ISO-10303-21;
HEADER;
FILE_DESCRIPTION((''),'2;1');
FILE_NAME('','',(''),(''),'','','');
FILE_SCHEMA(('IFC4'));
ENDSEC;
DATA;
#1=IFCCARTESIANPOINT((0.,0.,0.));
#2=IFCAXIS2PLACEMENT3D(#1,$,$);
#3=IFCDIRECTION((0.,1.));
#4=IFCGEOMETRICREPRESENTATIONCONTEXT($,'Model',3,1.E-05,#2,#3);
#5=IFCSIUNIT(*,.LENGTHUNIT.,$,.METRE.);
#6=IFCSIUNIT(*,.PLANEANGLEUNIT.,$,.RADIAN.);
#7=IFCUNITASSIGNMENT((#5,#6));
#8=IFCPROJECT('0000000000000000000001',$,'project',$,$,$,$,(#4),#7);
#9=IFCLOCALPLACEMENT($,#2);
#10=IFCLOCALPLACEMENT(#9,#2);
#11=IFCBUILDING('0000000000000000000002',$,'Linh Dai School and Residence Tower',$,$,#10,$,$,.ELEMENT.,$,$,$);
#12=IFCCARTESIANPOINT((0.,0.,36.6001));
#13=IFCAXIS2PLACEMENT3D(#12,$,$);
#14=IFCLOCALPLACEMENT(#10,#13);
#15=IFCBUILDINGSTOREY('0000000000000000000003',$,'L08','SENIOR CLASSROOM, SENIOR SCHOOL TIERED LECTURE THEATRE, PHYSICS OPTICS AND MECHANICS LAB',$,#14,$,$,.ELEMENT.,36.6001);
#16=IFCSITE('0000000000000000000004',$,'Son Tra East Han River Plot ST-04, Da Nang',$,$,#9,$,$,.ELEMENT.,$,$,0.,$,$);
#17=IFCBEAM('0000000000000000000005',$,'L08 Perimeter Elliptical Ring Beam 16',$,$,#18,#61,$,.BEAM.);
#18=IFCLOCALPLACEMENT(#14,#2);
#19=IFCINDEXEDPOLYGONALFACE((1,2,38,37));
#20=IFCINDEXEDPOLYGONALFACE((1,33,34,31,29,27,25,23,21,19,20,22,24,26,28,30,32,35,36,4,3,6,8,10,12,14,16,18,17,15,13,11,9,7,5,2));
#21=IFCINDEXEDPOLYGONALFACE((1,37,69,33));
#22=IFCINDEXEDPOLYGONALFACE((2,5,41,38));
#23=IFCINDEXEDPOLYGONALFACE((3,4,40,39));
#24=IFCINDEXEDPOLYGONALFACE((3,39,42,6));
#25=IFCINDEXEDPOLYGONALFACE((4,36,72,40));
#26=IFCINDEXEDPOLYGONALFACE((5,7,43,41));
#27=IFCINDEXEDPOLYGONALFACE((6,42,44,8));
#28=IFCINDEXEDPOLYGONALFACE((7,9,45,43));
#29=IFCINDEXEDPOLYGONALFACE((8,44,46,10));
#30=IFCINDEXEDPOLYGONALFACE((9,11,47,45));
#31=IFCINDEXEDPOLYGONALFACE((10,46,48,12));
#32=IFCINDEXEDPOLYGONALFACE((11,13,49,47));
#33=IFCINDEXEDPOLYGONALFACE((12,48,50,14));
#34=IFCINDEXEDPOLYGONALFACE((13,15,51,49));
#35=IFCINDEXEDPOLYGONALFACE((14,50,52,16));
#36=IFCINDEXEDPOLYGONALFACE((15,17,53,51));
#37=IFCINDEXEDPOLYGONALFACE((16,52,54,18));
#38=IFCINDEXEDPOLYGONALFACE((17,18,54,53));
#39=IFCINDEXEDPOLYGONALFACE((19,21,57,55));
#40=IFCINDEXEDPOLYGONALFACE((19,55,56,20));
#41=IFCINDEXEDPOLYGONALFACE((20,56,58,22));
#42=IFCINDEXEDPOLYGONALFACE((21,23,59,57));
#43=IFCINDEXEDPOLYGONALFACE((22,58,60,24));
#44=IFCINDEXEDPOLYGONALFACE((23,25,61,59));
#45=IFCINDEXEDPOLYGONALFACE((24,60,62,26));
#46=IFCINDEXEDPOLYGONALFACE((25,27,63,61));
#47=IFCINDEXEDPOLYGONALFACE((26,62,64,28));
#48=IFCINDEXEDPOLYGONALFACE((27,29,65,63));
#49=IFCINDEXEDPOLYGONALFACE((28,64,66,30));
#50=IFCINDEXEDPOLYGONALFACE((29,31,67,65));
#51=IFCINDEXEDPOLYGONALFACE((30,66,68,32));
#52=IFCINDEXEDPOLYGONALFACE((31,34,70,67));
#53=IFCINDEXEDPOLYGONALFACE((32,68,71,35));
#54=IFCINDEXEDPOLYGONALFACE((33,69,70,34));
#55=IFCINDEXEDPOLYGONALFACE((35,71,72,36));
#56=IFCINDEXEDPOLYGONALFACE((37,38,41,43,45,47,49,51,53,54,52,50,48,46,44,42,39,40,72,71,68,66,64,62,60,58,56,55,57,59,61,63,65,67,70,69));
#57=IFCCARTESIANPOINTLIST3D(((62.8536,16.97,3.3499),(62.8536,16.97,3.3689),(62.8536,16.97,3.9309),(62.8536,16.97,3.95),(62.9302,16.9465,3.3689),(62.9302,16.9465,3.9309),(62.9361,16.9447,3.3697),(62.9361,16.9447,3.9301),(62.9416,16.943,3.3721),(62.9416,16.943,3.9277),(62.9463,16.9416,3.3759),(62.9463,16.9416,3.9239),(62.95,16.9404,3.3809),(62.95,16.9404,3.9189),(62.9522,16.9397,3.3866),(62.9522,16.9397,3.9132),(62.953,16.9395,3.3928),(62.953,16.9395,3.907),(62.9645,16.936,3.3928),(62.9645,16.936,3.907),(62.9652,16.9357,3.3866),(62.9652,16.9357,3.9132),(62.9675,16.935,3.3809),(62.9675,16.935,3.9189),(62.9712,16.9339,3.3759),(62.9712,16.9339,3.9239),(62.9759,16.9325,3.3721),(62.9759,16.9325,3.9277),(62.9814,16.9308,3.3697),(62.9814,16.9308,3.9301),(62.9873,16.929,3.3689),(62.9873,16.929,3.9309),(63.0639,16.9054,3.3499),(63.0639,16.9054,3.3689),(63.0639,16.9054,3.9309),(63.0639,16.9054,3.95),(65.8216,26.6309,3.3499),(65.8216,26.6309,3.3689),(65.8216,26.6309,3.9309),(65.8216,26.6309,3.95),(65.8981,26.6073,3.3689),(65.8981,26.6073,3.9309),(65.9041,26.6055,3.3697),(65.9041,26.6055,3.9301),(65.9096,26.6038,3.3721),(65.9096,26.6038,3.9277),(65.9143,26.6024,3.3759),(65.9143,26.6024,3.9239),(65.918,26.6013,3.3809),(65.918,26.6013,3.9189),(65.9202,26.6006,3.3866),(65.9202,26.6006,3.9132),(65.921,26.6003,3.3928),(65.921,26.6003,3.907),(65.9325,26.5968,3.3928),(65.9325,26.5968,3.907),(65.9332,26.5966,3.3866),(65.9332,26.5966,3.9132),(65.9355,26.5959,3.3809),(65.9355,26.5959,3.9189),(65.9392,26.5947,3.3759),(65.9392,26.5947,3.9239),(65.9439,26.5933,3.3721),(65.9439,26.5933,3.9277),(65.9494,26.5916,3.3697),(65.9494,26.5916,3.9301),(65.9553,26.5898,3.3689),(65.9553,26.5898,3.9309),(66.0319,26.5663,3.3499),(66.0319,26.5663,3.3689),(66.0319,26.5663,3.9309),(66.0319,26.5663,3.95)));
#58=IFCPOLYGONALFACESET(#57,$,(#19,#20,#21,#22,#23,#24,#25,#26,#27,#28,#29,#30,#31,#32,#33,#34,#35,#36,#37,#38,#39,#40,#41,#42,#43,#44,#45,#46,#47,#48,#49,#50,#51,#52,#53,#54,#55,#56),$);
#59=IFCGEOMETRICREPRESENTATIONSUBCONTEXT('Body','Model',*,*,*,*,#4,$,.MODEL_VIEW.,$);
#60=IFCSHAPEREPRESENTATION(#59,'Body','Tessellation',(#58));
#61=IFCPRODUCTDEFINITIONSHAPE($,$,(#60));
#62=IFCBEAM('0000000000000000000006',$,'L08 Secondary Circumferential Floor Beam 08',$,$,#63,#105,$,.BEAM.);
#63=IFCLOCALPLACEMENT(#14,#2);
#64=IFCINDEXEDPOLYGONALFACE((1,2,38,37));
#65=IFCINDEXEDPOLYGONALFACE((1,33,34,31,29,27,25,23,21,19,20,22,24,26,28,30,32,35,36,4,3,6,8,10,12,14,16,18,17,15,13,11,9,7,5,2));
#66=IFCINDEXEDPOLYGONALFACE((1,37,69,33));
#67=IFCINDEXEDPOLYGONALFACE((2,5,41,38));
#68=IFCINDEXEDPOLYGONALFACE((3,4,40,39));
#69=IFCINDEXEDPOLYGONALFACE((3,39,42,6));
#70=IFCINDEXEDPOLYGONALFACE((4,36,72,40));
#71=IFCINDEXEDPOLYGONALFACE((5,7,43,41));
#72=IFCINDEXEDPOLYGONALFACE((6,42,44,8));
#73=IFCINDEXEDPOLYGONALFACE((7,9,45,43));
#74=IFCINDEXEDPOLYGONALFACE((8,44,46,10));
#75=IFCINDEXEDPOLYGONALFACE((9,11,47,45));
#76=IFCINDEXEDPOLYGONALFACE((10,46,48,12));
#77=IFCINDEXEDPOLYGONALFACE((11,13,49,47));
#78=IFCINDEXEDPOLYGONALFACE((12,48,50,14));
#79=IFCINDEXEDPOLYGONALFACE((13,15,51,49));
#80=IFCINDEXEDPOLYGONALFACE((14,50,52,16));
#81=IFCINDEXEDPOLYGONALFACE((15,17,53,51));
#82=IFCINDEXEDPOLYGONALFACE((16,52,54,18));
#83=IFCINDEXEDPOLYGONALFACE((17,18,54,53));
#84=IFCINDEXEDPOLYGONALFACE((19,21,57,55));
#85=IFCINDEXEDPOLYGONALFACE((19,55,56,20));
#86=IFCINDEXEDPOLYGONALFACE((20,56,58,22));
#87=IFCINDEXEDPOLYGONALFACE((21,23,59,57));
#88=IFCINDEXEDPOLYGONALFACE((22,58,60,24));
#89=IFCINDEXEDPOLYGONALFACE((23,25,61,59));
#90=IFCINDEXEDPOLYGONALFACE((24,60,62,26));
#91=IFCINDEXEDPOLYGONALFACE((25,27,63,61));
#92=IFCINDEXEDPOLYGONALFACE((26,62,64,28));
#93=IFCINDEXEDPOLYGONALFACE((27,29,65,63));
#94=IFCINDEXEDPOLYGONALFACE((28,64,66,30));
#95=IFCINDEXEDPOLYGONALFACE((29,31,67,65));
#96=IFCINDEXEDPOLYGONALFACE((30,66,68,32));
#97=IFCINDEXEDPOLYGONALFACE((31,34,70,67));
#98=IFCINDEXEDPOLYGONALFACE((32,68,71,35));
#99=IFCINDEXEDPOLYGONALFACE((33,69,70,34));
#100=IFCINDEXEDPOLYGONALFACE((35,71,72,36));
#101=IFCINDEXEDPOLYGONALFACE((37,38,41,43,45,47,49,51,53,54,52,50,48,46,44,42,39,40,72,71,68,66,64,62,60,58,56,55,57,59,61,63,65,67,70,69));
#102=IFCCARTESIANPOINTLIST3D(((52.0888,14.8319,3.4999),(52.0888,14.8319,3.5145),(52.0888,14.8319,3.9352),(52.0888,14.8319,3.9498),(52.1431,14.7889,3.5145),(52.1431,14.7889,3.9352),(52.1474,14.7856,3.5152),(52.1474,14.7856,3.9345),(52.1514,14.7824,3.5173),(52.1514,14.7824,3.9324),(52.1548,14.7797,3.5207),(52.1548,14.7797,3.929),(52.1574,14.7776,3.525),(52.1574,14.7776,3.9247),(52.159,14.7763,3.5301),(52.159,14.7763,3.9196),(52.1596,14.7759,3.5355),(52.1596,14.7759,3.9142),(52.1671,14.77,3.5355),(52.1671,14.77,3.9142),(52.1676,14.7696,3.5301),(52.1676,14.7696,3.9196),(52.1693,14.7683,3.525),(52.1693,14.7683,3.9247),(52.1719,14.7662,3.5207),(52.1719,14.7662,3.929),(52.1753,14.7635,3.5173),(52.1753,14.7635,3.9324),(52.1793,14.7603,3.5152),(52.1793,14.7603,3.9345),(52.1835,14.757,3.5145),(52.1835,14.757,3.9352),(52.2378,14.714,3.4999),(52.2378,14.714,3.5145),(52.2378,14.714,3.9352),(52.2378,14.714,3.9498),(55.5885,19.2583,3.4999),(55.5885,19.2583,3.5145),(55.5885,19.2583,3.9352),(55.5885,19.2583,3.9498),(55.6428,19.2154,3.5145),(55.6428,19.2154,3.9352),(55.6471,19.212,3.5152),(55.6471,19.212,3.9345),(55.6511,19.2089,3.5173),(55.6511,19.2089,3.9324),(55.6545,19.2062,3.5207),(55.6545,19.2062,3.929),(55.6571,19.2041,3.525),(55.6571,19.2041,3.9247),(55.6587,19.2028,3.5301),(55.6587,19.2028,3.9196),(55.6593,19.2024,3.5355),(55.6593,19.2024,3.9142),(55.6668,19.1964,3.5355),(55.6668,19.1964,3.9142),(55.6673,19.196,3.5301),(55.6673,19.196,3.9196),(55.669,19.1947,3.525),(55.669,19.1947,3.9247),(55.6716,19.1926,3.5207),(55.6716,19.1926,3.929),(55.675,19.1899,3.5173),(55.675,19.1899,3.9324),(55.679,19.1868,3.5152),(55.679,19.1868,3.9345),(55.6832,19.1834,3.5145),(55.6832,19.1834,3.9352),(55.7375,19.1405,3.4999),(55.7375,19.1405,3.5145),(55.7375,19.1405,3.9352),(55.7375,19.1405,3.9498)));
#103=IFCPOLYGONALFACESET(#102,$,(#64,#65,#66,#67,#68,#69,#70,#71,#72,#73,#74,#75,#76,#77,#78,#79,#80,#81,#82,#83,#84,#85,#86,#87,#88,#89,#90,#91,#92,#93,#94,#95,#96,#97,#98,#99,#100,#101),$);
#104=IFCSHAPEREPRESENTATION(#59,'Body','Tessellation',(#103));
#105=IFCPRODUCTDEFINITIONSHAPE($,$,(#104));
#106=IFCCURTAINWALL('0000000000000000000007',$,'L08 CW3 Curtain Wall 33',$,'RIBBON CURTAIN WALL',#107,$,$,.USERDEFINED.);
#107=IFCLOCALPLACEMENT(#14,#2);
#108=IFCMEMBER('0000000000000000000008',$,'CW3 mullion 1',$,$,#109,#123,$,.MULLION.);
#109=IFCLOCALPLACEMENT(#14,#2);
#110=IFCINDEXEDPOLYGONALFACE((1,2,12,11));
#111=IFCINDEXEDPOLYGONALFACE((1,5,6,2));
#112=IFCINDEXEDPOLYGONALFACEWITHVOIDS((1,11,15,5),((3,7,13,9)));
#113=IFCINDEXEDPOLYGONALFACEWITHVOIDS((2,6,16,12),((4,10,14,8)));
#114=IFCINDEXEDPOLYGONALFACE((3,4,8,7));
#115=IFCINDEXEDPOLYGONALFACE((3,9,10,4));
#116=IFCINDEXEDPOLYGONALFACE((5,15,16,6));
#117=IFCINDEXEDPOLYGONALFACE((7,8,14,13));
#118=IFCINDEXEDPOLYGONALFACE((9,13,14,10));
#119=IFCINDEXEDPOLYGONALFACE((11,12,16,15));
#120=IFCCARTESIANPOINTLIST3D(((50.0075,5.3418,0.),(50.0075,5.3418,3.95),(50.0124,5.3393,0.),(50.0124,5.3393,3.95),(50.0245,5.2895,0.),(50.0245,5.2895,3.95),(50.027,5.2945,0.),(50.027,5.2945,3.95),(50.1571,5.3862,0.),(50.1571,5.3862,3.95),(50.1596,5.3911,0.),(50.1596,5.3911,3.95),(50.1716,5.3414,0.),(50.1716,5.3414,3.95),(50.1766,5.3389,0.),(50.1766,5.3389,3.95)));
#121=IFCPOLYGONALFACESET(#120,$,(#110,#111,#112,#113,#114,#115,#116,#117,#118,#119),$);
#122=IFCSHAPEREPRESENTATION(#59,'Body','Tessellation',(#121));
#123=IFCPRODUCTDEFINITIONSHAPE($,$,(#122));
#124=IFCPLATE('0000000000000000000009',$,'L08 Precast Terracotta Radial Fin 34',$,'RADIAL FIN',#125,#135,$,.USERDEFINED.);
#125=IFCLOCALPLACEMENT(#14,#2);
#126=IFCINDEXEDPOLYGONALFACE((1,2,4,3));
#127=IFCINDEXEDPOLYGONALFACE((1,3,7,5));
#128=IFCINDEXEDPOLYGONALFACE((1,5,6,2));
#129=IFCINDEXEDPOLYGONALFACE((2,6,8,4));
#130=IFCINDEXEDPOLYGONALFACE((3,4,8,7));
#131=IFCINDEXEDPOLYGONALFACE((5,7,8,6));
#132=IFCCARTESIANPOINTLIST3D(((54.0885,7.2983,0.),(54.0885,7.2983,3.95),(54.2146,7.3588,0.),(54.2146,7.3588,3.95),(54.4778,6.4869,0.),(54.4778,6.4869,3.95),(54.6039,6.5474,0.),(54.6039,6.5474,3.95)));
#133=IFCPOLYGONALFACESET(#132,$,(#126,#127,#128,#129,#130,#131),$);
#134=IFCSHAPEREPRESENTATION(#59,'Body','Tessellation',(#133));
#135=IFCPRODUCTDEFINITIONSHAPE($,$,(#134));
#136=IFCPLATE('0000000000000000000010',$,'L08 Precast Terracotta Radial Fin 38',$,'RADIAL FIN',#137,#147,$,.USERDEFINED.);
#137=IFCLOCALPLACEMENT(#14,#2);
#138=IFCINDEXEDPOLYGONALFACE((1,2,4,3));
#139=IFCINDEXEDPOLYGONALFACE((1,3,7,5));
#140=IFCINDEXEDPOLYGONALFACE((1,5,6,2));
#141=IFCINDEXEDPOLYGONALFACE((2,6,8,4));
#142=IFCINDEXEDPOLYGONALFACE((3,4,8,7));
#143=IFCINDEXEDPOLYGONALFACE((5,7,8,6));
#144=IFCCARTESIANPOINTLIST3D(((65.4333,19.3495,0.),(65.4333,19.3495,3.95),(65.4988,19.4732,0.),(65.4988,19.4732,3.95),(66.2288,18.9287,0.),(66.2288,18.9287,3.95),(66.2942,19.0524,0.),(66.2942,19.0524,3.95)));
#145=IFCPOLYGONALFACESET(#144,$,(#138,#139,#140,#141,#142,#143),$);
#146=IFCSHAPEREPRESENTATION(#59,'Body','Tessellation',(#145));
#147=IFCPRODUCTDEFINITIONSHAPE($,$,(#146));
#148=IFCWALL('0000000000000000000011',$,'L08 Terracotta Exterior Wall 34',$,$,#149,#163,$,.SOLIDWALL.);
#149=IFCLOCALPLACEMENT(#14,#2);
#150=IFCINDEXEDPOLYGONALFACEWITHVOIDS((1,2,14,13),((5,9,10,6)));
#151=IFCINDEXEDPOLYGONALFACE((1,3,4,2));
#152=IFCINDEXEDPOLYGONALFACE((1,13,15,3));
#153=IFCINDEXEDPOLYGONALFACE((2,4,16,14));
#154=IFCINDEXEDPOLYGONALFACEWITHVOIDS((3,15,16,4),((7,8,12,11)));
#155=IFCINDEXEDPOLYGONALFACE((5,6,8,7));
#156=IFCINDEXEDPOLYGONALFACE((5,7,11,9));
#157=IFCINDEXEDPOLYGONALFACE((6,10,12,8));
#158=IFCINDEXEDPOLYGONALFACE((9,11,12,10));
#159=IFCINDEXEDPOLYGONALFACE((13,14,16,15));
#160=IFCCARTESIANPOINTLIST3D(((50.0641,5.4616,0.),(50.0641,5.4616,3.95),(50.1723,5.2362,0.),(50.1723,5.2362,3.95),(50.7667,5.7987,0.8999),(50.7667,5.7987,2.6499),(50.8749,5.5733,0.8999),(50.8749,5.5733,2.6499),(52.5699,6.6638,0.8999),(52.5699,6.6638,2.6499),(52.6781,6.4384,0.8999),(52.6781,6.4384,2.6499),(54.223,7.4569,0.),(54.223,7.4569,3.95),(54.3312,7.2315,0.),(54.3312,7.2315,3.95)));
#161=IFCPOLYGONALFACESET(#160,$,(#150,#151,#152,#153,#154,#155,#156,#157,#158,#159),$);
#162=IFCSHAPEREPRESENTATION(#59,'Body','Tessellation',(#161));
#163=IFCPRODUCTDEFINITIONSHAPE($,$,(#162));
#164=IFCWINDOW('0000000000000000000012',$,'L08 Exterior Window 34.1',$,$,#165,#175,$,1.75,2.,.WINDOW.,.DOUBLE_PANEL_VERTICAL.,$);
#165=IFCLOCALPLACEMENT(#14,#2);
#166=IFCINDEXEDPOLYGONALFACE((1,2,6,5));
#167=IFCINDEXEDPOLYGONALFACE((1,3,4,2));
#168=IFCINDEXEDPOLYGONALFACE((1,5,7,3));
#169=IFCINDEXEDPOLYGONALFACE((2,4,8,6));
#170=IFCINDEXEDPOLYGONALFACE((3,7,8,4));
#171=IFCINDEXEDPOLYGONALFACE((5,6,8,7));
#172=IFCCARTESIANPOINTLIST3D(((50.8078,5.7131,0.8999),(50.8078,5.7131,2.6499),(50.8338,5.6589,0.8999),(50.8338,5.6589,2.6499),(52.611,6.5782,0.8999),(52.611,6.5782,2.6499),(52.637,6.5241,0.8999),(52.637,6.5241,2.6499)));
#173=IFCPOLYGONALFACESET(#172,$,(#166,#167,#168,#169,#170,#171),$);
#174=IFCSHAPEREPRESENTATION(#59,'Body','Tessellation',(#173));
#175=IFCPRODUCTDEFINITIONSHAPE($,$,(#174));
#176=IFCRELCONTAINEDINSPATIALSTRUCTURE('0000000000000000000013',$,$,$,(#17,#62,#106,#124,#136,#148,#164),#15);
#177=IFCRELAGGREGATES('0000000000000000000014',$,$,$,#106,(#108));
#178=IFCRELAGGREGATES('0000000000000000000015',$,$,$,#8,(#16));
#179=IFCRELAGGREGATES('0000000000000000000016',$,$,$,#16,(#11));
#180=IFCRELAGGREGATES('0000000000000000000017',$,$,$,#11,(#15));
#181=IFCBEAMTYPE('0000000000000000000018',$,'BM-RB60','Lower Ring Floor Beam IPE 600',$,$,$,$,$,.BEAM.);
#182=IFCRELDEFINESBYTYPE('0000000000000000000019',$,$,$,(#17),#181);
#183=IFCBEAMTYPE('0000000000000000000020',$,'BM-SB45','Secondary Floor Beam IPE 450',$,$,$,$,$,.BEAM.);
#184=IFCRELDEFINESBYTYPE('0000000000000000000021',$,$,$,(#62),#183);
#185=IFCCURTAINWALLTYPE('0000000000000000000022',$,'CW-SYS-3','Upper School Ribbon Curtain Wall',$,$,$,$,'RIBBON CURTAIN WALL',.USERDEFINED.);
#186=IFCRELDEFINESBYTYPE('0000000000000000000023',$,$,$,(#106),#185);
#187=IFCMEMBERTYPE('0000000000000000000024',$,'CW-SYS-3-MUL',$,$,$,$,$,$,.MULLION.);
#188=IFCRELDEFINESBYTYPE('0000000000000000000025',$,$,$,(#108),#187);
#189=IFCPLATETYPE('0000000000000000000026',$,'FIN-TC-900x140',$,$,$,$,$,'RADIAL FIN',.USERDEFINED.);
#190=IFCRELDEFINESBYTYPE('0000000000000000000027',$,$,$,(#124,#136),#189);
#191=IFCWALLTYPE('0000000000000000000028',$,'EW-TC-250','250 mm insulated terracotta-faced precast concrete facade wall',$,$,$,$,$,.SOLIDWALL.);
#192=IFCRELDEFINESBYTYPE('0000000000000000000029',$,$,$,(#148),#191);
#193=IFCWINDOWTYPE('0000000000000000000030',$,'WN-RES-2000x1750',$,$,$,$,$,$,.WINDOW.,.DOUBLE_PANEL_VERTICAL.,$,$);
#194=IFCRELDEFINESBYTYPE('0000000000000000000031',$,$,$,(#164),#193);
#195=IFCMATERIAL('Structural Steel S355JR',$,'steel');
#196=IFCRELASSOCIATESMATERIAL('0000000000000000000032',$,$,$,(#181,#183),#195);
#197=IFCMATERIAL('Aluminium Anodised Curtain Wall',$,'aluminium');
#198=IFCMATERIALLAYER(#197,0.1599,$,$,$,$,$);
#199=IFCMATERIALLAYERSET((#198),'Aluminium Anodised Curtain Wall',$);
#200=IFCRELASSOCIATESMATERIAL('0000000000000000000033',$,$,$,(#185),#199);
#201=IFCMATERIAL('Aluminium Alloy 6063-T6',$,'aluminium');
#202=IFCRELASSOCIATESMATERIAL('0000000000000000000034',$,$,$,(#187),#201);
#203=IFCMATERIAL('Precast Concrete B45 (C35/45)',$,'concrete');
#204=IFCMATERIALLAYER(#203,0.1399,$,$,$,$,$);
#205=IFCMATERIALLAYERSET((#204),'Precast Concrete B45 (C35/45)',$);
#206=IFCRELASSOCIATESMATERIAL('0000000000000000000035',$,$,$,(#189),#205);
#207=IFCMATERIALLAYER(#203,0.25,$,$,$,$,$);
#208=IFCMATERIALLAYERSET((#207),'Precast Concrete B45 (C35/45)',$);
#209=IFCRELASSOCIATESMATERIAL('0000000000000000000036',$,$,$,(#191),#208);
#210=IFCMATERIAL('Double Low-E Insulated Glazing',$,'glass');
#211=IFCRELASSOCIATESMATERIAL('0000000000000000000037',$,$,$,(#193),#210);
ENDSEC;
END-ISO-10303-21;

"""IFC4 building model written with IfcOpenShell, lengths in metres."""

from ifc_helpers import new_model, si_unit, direction, frame, frame_2d, origin, origin_2d, place, context, subcontext, project, spatial, rectangle, hollow_rectangle, i_section, extrude, source, transform, mapped, material, layer, layer_set, material_profile, profile_set, type_object, element, fill, aggregate, save


model = new_model("IFC4")

# Units and contexts
model_context = context("Model", 3, precision=1e-05, world=origin(), true_north=direction((0.0, 1.0)))
body_context = subcontext(model_context, "Body", "Model", "MODEL_VIEW")
ifc_project = project(units=[si_unit("LENGTHUNIT", "METRE"), si_unit("PLANEANGLEUNIT", "RADIAN")], contexts=[model_context])

# Site, building, storey
site_placement = place(None, origin())
site = spatial("IfcSite", under=ifc_project, at=site_placement, Name="Son Tra East Han River Plot ST-04, Da Nang", CompositionType="ELEMENT", RefElevation=0.0)
building_placement = place(site_placement, origin())
building = spatial("IfcBuilding", under=site, at=building_placement, Name="Linh Dai School and Residence Tower", CompositionType="ELEMENT")
storey_placement = place(building_placement, frame((0.0, 0.0, 36.6001)))
storey = spatial("IfcBuildingStorey", under=building, at=storey_placement, Name="L08", Description="SENIOR CLASSROOM, SENIOR SCHOOL TIERED LECTURE THEATRE, PHYSICS OPTICS AND MECHANICS LAB", CompositionType="ELEMENT", Elevation=36.6001)

# Shared definitions
ifc_material_1 = material(Name="Structural Steel S355JR", Category="steel")

# Beams
ifc_material_profile_1 = material_profile(ifc_material_1, i_section(OverallWidth=0.22, OverallDepth=0.6001, WebThickness=0.012, FlangeThickness=0.019, FilletRadius=0.0239, at=origin_2d()), Name="IPE 600")
ifc_profile_set_1 = profile_set([ifc_material_profile_1], Name="Structural Steel S355JR")
beam_type_1 = type_object("IfcBeamType", Name="BM-RB60", Description="Lower Ring Floor Beam IPE 600", PredefinedType="BEAM", material=ifc_profile_set_1)
beam_1_placement = place(storey_placement, frame((62.9587, 16.9377, 3.6499), z_axis=(0.293673, 0.955906, 0.0), x_axis=(-0.955906, 0.293673, 0.0)))
element("IfcBeam", 1, at=beam_1_placement, inside=storey, type_object=beam_type_1, Name="L08 Perimeter Elliptical Ring Beam 16", PredefinedType="BEAM", context=body_context, shape_type="SweptSolid", body=[
    extrude(i_section(OverallWidth=0.22, OverallDepth=0.6001, WebThickness=0.012, FlangeThickness=0.019, FilletRadius=0.0239, at=origin_2d()), origin(), (0.0, 0.0, 1.0), 10.1064),
])
ifc_material_profile_2 = material_profile(ifc_material_1, i_section(OverallWidth=0.1899, OverallDepth=0.45, WebThickness=0.0095, FlangeThickness=0.0146, FilletRadius=0.021, at=origin_2d()), Name="IPE 450")
ifc_profile_set_2 = profile_set([ifc_material_profile_2], Name="Structural Steel S355JR")
beam_type_2 = type_object("IfcBeamType", Name="BM-SB45", Description="Secondary Floor Beam IPE 450", PredefinedType="BEAM", material=ifc_profile_set_2)
beam_2_placement = place(storey_placement, frame((52.1633, 14.7729, 3.7249), z_axis=(0.620205, 0.78444, 0.0), x_axis=(-0.78444, 0.620205, 0.0)))
element("IfcBeam", 2, at=beam_2_placement, inside=storey, type_object=beam_type_2, Name="L08 Secondary Circumferential Floor Beam 08", PredefinedType="BEAM", context=body_context, shape_type="SweptSolid", body=[
    extrude(i_section(OverallWidth=0.1899, OverallDepth=0.45, WebThickness=0.0095, FlangeThickness=0.0146, FilletRadius=0.021, at=origin_2d()), origin(), (0.0, 0.0, 1.0), 5.6428),
])

# Curtain wall, member
ifc_material_2 = material(Name="Aluminium Anodised Curtain Wall", Category="aluminium")
ifc_layer_1 = layer(ifc_material_2, 0.1599)
ifc_layer_set_1 = layer_set([ifc_layer_1], Name="Aluminium Anodised Curtain Wall")
curtain_wall_type = type_object("IfcCurtainWallType", Name="CW-SYS-3", Description="Upper School Ribbon Curtain Wall", ElementType="RIBBON CURTAIN WALL", PredefinedType="USERDEFINED", material=ifc_layer_set_1)
curtain_wall_placement = place(storey_placement, origin())
curtain_wall = element("IfcCurtainWall", 3, at=curtain_wall_placement, inside=storey, type_object=curtain_wall_type, Name="L08 CW3 Curtain Wall 33", ObjectType="RIBBON CURTAIN WALL", PredefinedType="USERDEFINED")
ifc_material_3 = material(Name="Aluminium Alloy 6063-T6", Category="aluminium")
ifc_material_profile_3 = material_profile(ifc_material_3, hollow_rectangle(XDim=0.0549, YDim=0.1599, WallThickness=0.0039, at=origin_2d()), Name="RHS 160x55x4")
ifc_profile_set_3 = profile_set([ifc_material_profile_3], Name="Aluminium Alloy 6063-T6")
member_type = type_object("IfcMemberType", Name="CW-SYS-3-MUL", PredefinedType="MULLION", material=ifc_profile_set_3)
shared_shape_1 = source(origin(), body_context, "Body", "SweptSolid", [
    extrude(hollow_rectangle(XDim=0.0549, YDim=0.1599, WallThickness=0.0039, at=origin_2d()), origin(), (0.0, 0.0, 1.0), 3.95),
])
member_placement = place(storey_placement, frame((50.092, 5.3403, 0.0), z_axis=(0.0, 0.0, 1.0), x_axis=(0.308511, -0.951221, 0.0)))
member = element("IfcMember", 4, at=member_placement, type_object=member_type, Name="CW3 mullion 1", PredefinedType="MULLION", context=body_context, shape_type="MappedRepresentation", body=[
    mapped(shared_shape_1, transform((0.0, 0.0, 0.0), x_axis=(1.0, 0.0, 0.0), y_axis=(0.0, 1.0, 0.0), z_axis=(0.0, 0.0, 1.0), scale=1.0)),
])
aggregate(curtain_wall, [member])

# Plates
ifc_material_4 = material(Name="Precast Concrete B45 (C35/45)", Category="concrete")
ifc_layer_2 = layer(ifc_material_4, 0.1399)
ifc_layer_set_2 = layer_set([ifc_layer_2], Name="Precast Concrete B45 (C35/45)")
plate_type = type_object("IfcPlateType", Name="FIN-TC-900x140", ElementType="RADIAL FIN", PredefinedType="USERDEFINED", material=ifc_layer_set_2)
shared_shape_2 = source(origin(), body_context, "Body", "SweptSolid", [
    extrude(rectangle(XDim=0.8999, YDim=0.1399, at=origin_2d()), origin(), (0.0, 0.0, 1.0), 3.95),
])
for number, where, z_axis, x_axis, name in (
    (5, (54.3462, 6.9229, 0.0), (0.0, 0.0, 1.0), (0.432603, -0.901585, 0.0), "L08 Precast Terracotta Radial Fin 34"),
    (6, (65.8638, 19.2009, 0.0), (0.0, 0.0, 1.0), (0.883934, -0.467612, 0.0), "L08 Precast Terracotta Radial Fin 38"),
):
    element("IfcPlate", number, at=place(storey_placement, frame(where, z_axis=z_axis, x_axis=x_axis)), inside=storey, type_object=plate_type, Name=name, ObjectType="RADIAL FIN", PredefinedType="USERDEFINED", context=body_context, shape_type="MappedRepresentation", body=[
        mapped(shared_shape_2, transform((0.0, 0.0, 0.0), x_axis=(1.0, 0.0, 0.0), y_axis=(0.0, 1.0, 0.0), z_axis=(0.0, 0.0, 1.0), scale=1.0)),
    ])

# Wall, opening, window
ifc_layer_3 = layer(ifc_material_4, 0.25)
ifc_layer_set_3 = layer_set([ifc_layer_3], Name="Precast Concrete B45 (C35/45)")
wall_type_1 = type_object("IfcWallType", Name="EW-TC-250", Description="250 mm insulated terracotta-faced precast concrete facade wall", PredefinedType="SOLIDWALL", material=ifc_layer_set_3)
wall_1_placement = place(storey_placement, frame((54.2771, 7.3442, 0.0), z_axis=(0.0, 0.0, 1.0), x_axis=(-0.901602, -0.432568, 0.0)))
wall_1 = element("IfcWall", 7, at=wall_1_placement, inside=storey, type_object=wall_type_1, Name="L08 Terracotta Exterior Wall 34", PredefinedType="SOLIDWALL", context=body_context, shape_type="SweptSolid", body=[
    extrude(rectangle(XDim=4.6128, YDim=0.25, at=frame_2d((2.3064, 0.0))), origin(), (0.0, 0.0, 1.0), 3.95),
])
opening_1_placement = place(wall_1_placement, frame((1.8335, 0.0, 0.8999)))
opening_1 = element("IfcOpeningElement", 8, at=opening_1_placement, cuts=wall_1, PredefinedType="OPENING", context=body_context, shape_type="SweptSolid", body=[
    extrude(rectangle(XDim=2.0, YDim=1.75, at=origin_2d()), frame((1.0, 0.135, 0.875), z_axis=(0.0, -1.0, 0.0), x_axis=(1.0, 0.0, 0.0)), (0.0, 0.0, 1.0), 0.27),
])
ifc_material_5 = material(Name="Double Low-E Insulated Glazing", Category="glass")
window_type_1 = type_object("IfcWindowType", Name="WN-RES-2000x1750", PartitioningType="DOUBLE_PANEL_VERTICAL", PredefinedType="WINDOW", material=ifc_material_5)
shared_shape_3 = source(origin(), body_context, "Body", "SweptSolid", [
    extrude(rectangle(XDim=2.0, YDim=1.75, at=origin_2d()), frame((1.0, 0.03, 0.875), z_axis=(0.0, -1.0, 0.0), x_axis=(1.0, 0.0, 0.0)), (0.0, 0.0, 1.0), 0.0601),
])
window_1_placement = place(opening_1_placement, origin())
window_1 = element("IfcWindow", 9, at=window_1_placement, inside=storey, type_object=window_type_1, Name="L08 Exterior Window 34.1", OverallHeight=1.75, OverallWidth=2.0, PartitioningType="DOUBLE_PANEL_VERTICAL", PredefinedType="WINDOW", context=body_context, shape_type="MappedRepresentation", body=[
    mapped(shared_shape_3, transform((0.0, 0.0, 0.0), x_axis=(1.0, 0.0, 0.0), y_axis=(0.0, 1.0, 0.0), z_axis=(0.0, 0.0, 1.0), scale=1.0)),
])
fill(opening_1, window_1)

save(model, "model.ifc")
